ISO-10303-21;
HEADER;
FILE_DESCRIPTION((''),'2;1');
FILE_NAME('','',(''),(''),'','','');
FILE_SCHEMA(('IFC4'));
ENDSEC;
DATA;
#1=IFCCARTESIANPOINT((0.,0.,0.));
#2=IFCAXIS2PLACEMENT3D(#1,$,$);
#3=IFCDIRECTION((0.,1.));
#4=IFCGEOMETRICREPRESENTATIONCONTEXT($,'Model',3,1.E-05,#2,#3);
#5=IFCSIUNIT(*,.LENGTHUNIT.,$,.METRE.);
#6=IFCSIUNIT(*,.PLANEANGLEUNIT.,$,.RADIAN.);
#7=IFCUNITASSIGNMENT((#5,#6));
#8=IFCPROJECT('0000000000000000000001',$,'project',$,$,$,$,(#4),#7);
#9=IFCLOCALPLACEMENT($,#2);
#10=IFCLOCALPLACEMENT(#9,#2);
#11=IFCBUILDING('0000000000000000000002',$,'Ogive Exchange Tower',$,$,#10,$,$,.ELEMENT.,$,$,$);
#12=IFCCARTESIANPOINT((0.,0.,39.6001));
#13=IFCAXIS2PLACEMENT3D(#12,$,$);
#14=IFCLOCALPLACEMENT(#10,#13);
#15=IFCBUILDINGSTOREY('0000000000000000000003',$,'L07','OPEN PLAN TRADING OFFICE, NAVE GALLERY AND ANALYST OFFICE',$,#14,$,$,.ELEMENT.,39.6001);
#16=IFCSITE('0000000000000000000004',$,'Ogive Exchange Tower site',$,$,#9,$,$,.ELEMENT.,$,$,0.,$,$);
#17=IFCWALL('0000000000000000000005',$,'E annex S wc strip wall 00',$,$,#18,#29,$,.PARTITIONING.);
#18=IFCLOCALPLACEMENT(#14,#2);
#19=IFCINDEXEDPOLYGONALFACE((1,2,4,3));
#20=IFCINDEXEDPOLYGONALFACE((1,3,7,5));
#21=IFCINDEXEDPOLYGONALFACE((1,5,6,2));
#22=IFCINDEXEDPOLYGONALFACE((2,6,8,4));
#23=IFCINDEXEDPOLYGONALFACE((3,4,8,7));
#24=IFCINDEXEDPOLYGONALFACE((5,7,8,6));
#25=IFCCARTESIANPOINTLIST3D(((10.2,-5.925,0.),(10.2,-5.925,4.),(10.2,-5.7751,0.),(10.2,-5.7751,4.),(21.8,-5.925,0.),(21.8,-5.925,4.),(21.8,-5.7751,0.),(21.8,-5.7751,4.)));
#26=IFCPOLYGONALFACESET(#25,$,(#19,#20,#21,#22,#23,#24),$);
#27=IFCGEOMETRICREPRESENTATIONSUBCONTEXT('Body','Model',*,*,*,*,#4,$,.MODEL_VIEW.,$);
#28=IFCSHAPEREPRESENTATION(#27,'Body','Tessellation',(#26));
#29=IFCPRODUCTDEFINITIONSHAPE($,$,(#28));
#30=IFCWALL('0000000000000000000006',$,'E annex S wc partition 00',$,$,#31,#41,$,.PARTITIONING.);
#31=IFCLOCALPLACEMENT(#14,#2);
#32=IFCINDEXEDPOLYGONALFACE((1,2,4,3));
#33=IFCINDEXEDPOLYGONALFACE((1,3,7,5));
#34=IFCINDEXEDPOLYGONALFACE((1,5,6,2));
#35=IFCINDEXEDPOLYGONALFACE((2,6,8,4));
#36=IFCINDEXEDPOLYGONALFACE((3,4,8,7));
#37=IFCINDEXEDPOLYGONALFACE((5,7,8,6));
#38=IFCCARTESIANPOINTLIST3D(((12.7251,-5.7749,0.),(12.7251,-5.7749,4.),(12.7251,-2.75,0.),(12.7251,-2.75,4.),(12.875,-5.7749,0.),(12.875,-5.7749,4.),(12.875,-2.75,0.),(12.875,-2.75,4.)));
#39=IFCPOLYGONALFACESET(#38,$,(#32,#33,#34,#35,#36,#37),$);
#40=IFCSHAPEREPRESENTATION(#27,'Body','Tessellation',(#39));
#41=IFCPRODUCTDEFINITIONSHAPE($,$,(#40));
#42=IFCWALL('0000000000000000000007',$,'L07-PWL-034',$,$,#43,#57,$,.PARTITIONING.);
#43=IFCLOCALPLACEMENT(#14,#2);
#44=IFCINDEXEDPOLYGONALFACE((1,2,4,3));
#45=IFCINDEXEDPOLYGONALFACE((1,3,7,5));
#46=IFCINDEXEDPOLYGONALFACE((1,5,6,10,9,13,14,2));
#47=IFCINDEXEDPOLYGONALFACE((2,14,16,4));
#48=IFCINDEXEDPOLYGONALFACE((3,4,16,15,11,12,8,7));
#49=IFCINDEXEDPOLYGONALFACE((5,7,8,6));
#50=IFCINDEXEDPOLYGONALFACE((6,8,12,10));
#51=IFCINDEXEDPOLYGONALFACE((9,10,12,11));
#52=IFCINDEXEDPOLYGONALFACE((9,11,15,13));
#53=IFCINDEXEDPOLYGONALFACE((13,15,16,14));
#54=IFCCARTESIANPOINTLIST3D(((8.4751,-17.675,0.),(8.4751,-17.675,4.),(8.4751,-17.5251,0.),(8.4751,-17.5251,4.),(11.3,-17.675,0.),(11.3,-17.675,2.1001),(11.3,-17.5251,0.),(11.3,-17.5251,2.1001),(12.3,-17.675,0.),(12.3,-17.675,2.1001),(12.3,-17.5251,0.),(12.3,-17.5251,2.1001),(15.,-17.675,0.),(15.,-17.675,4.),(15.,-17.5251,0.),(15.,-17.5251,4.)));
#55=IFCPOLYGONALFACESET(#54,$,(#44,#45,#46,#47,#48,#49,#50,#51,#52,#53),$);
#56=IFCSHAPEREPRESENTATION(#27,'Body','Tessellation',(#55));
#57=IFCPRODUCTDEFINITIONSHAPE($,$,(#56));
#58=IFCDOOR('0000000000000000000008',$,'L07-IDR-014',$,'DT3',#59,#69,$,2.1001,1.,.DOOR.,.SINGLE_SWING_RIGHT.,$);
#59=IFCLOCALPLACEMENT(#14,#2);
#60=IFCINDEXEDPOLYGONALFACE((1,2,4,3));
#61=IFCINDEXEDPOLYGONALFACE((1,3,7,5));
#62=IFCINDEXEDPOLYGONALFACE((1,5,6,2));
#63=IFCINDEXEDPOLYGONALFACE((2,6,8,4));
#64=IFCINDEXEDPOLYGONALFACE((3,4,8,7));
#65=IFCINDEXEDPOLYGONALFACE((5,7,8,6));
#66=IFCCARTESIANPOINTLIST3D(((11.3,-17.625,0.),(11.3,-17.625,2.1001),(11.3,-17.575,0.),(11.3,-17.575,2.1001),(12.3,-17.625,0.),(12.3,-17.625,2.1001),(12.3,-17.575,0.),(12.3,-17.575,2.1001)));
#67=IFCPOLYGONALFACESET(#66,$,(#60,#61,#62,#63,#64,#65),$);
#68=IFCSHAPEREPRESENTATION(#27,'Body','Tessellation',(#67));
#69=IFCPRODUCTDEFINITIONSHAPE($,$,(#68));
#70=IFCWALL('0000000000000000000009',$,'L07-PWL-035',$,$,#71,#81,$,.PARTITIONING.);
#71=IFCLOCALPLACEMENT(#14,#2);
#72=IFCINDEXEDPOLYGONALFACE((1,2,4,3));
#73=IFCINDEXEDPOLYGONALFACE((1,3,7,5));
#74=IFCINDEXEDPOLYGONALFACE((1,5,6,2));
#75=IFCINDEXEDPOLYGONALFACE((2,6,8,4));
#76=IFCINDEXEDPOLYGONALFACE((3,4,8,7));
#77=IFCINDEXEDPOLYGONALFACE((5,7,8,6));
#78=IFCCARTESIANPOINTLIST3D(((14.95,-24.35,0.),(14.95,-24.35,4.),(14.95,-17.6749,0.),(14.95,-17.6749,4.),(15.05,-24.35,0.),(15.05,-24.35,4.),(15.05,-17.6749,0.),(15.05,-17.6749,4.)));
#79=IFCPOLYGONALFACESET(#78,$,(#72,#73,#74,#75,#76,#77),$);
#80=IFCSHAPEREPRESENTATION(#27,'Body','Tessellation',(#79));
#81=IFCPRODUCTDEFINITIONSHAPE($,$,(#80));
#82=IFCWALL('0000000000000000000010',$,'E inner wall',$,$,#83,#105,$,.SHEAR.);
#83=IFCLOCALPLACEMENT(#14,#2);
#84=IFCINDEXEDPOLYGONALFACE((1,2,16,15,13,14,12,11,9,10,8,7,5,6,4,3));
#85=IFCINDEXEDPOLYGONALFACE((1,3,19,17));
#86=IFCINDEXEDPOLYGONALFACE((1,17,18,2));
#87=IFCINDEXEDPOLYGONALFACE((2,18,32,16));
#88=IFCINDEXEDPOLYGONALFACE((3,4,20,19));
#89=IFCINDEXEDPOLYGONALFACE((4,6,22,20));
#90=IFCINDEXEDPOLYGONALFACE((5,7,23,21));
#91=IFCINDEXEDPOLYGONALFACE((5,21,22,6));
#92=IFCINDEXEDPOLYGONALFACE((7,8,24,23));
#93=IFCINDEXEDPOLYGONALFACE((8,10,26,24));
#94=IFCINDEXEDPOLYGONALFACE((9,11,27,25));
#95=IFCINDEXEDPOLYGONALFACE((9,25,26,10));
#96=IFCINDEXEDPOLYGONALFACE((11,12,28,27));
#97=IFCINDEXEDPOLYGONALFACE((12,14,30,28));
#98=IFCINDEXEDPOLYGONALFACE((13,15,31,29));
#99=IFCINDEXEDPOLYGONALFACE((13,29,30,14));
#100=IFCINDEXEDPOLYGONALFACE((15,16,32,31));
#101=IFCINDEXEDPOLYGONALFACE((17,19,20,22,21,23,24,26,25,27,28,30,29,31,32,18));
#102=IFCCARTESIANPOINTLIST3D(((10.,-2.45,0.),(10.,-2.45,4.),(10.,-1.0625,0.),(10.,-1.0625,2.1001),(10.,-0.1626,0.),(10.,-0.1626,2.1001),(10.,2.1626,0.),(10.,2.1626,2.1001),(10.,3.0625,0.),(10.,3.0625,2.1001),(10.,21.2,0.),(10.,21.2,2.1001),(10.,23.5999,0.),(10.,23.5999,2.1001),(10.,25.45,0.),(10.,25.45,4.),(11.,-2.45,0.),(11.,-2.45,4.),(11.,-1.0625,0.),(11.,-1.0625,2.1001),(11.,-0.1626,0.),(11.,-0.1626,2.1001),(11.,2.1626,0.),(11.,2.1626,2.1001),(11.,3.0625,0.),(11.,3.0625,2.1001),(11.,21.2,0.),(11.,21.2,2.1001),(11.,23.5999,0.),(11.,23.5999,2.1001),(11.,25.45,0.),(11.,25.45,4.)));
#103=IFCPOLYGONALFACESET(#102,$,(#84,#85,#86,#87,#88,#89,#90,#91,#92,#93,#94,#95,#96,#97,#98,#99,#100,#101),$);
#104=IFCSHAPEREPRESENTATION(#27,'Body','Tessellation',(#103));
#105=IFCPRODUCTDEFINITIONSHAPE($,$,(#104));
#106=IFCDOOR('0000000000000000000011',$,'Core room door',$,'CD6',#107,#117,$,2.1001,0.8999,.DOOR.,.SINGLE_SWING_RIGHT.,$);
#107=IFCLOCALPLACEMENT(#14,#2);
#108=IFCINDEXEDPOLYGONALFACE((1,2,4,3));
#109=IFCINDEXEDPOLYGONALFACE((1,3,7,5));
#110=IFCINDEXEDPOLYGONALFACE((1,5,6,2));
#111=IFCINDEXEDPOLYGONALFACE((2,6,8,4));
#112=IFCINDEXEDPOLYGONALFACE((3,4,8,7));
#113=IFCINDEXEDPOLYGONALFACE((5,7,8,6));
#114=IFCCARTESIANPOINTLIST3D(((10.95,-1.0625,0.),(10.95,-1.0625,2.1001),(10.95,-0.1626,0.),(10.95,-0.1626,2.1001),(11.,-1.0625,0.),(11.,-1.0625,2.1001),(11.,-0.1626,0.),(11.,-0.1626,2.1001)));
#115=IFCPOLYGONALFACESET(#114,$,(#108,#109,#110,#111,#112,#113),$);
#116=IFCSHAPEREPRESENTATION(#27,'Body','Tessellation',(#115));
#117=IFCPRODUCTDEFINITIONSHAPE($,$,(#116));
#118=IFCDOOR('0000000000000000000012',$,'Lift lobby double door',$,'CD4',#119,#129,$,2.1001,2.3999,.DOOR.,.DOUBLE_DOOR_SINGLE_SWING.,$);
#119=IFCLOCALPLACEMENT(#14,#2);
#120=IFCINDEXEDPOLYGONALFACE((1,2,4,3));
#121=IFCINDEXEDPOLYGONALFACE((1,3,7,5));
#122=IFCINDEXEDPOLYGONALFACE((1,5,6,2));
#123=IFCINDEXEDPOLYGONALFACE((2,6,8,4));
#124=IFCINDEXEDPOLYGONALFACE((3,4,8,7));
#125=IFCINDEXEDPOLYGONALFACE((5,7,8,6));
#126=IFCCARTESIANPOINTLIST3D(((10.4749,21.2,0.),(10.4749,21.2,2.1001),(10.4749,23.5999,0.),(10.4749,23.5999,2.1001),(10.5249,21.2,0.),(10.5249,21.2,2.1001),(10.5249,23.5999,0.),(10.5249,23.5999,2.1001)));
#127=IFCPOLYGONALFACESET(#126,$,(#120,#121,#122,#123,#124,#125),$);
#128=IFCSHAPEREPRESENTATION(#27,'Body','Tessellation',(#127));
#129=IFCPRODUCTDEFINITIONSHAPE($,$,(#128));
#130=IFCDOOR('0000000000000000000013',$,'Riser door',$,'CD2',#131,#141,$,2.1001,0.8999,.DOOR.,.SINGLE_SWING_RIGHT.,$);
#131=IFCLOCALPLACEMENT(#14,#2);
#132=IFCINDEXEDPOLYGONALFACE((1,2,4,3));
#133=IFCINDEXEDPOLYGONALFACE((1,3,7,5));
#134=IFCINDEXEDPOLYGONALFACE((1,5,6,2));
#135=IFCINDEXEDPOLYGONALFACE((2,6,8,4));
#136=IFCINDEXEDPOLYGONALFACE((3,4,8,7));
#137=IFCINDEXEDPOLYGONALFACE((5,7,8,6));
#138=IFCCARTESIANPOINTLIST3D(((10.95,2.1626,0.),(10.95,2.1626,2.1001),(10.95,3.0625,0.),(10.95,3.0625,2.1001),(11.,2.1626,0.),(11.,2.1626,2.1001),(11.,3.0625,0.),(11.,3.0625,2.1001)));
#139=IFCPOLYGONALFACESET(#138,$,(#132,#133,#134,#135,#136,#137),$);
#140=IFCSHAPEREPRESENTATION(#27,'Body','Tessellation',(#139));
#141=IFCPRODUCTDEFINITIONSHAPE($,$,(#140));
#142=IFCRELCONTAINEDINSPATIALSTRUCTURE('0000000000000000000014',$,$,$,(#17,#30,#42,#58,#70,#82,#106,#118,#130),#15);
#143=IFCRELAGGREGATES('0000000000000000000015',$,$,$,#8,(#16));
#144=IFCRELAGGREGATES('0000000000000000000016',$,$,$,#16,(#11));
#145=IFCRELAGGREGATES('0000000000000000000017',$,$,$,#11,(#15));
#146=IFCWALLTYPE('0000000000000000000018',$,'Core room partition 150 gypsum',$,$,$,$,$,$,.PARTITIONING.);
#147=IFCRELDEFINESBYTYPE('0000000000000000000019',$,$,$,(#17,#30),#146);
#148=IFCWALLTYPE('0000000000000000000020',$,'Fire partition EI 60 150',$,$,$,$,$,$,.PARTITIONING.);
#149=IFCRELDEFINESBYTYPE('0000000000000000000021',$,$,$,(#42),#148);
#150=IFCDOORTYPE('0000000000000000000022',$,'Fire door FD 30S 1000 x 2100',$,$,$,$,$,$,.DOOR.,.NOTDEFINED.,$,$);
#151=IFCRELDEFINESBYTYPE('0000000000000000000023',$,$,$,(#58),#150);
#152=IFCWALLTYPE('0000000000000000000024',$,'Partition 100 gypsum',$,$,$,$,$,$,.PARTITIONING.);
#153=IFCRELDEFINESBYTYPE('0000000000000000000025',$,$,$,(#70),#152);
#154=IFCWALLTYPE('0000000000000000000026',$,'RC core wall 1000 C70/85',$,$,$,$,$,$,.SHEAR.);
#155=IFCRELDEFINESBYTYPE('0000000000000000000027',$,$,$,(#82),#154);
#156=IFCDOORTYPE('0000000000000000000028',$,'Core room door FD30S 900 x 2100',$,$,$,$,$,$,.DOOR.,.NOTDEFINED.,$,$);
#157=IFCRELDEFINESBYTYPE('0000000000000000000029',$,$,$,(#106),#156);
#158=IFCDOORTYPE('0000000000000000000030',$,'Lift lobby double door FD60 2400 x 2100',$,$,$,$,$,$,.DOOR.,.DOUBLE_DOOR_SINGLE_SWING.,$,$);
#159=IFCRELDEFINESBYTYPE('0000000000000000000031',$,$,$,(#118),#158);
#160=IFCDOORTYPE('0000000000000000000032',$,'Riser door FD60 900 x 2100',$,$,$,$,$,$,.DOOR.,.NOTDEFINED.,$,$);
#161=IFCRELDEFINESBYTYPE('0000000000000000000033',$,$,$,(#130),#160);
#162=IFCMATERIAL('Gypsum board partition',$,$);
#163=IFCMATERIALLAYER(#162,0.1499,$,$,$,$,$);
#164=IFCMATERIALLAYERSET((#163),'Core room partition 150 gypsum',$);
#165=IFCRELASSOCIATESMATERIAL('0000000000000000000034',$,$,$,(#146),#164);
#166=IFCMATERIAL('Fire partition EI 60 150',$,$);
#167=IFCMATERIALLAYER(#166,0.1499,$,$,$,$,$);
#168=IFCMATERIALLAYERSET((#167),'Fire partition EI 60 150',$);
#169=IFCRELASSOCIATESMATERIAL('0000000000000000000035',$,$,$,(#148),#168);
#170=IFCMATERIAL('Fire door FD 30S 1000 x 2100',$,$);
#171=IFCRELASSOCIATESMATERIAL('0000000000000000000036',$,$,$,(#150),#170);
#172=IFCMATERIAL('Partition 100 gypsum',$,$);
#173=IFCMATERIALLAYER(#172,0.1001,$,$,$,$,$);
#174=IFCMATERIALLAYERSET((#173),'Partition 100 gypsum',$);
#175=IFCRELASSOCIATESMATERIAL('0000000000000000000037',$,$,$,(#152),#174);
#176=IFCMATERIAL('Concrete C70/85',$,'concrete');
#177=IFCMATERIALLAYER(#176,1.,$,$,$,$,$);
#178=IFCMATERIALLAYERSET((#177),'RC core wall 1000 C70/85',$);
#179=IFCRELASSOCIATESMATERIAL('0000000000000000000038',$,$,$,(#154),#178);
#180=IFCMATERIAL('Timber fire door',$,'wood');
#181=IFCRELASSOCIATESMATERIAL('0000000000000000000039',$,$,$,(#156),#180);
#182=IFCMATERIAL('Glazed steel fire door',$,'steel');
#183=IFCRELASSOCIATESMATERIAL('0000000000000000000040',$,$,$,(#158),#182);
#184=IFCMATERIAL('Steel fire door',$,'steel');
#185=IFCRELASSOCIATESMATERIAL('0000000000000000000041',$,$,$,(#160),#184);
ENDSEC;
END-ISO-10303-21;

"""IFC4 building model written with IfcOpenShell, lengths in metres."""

from ifc_helpers import new_model, si_unit, direction, frame, frame_2d, origin, place, context, subcontext, project, spatial, rectangle, extrude, material, layer, layer_set, type_object, element, fill, save


model = new_model("IFC4")

# Units and contexts
model_context = context("Model", 3, precision=1e-05, world=origin(), true_north=direction((0.0, 1.0)))
body_context = subcontext(model_context, "Body", "Model", "MODEL_VIEW")
ifc_project = project(units=[si_unit("LENGTHUNIT", "METRE"), si_unit("PLANEANGLEUNIT", "RADIAN")], contexts=[model_context])

# Site, building, storey
site_placement = place(None, origin())
site = spatial("IfcSite", under=ifc_project, at=site_placement, Name="Ogive Exchange Tower site", CompositionType="ELEMENT", RefElevation=0.0)
building_placement = place(site_placement, origin())
building = spatial("IfcBuilding", under=site, at=building_placement, Name="Ogive Exchange Tower", CompositionType="ELEMENT")
storey_placement = place(building_placement, frame((0.0, 0.0, 39.6001)))
storey = spatial("IfcBuildingStorey", under=building, at=storey_placement, Name="L07", Description="OPEN PLAN TRADING OFFICE, NAVE GALLERY AND ANALYST OFFICE", CompositionType="ELEMENT", Elevation=39.6001)

# Walls
ifc_material_1 = material(Name="Gypsum board partition")
ifc_layer_1 = layer(ifc_material_1, 0.1499)
ifc_layer_set_1 = layer_set([ifc_layer_1], Name="Core room partition 150 gypsum")
wall_type_1 = type_object("IfcWallType", Name="Core room partition 150 gypsum", PredefinedType="PARTITIONING", material=ifc_layer_set_1)
wall_1_placement = place(storey_placement, frame((10.2, -5.8501, 0.0), z_axis=(0.0, 0.0, 1.0), x_axis=(1.0, 0.0, 0.0)))
element("IfcWall", 1, at=wall_1_placement, inside=storey, type_object=wall_type_1, Name="E annex S wc strip wall 00", PredefinedType="PARTITIONING", context=body_context, shape_type="SweptSolid", body=[
    extrude(rectangle(XDim=11.6001, YDim=0.1499, at=frame_2d((5.8, 0.0))), origin(), (0.0, 0.0, 1.0), 4.0),
])
wall_2_placement = place(storey_placement, frame((12.8, -5.7749, 0.0), z_axis=(0.0, 0.0, 1.0), x_axis=(0.0, 1.0, 0.0)))
element("IfcWall", 2, at=wall_2_placement, inside=storey, type_object=wall_type_1, Name="E annex S wc partition 00", PredefinedType="PARTITIONING", context=body_context, shape_type="SweptSolid", body=[
    extrude(rectangle(XDim=3.0249, YDim=0.1499, at=frame_2d((1.5125, 0.0))), origin(), (0.0, 0.0, 1.0), 4.0),
])

# Wall, opening, door
ifc_material_2 = material(Name="Fire partition EI 60 150")
ifc_layer_2 = layer(ifc_material_2, 0.1499)
ifc_layer_set_2 = layer_set([ifc_layer_2], Name="Fire partition EI 60 150")
wall_type_2 = type_object("IfcWallType", Name="Fire partition EI 60 150", PredefinedType="PARTITIONING", material=ifc_layer_set_2)
wall_3_placement = place(storey_placement, frame((15.0, -17.6001, 0.0), z_axis=(0.0, 0.0, 1.0), x_axis=(-1.0, 0.0, 0.0)))
wall_3 = element("IfcWall", 3, at=wall_3_placement, inside=storey, type_object=wall_type_2, Name="L07-PWL-034", PredefinedType="PARTITIONING", context=body_context, shape_type="SweptSolid", body=[
    extrude(rectangle(XDim=6.5249, YDim=0.1499, at=frame_2d((3.2625, 0.0))), origin(), (0.0, 0.0, 1.0), 4.0),
])
opening_1_placement = place(wall_3_placement, frame((2.7, 0.0, 0.0)))
opening_1 = element("IfcOpeningElement", 4, at=opening_1_placement, cuts=wall_3, PredefinedType="OPENING", context=body_context, shape_type="SweptSolid", body=[
    extrude(rectangle(XDim=1.0, YDim=2.1001, at=frame_2d((0.5, 1.05))), frame((0.0, 0.085, 0.0), z_axis=(0.0, -1.0, 0.0), x_axis=(1.0, 0.0, 0.0)), (0.0, 0.0, 1.0), 0.1699),
])
ifc_material_3 = material(Name="Fire door FD 30S 1000 x 2100")
door_type_1 = type_object("IfcDoorType", Name="Fire door FD 30S 1000 x 2100", OperationType="NOTDEFINED", PredefinedType="DOOR", material=ifc_material_3)
door_1_placement = place(opening_1_placement, origin())
door_1 = element("IfcDoor", 5, at=door_1_placement, inside=storey, type_object=door_type_1, Name="L07-IDR-014", ObjectType="DT3", OperationType="SINGLE_SWING_RIGHT", OverallHeight=2.1001, OverallWidth=1.0, PredefinedType="DOOR", context=body_context, shape_type="SweptSolid", body=[
    extrude(rectangle(XDim=1.0, YDim=2.1001, at=frame_2d((0.5, 1.05))), frame((0.0, 0.0249, 0.0), z_axis=(0.0, -1.0, 0.0), x_axis=(1.0, 0.0, 0.0)), (0.0, 0.0, 1.0), 0.05),
])
fill(opening_1, door_1)

# Wall
ifc_material_4 = material(Name="Partition 100 gypsum")
ifc_layer_3 = layer(ifc_material_4, 0.1001)
ifc_layer_set_3 = layer_set([ifc_layer_3], Name="Partition 100 gypsum")
wall_type_3 = type_object("IfcWallType", Name="Partition 100 gypsum", PredefinedType="PARTITIONING", material=ifc_layer_set_3)
wall_4_placement = place(storey_placement, frame((15.0, -17.675, 0.0), z_axis=(0.0, 0.0, 1.0), x_axis=(0.0, -1.0, 0.0)))
element("IfcWall", 6, at=wall_4_placement, inside=storey, type_object=wall_type_3, Name="L07-PWL-035", PredefinedType="PARTITIONING", context=body_context, shape_type="SweptSolid", body=[
    extrude(rectangle(XDim=6.675, YDim=0.1001, at=frame_2d((3.3374, 0.0))), origin(), (0.0, 0.0, 1.0), 4.0),
])

# Wall, openings, doors
ifc_material_5 = material(Name="Concrete C70/85", Category="concrete")
ifc_layer_4 = layer(ifc_material_5, 1.0)
ifc_layer_set_4 = layer_set([ifc_layer_4], Name="RC core wall 1000 C70/85")
wall_type_4 = type_object("IfcWallType", Name="RC core wall 1000 C70/85", PredefinedType="SHEAR", material=ifc_layer_set_4)
wall_5_placement = place(storey_placement, frame((10.5, -2.45, 0.0), z_axis=(0.0, 0.0, 1.0), x_axis=(0.0, 1.0, 0.0)))
wall_5 = element("IfcWall", 7, at=wall_5_placement, inside=storey, type_object=wall_type_4, Name="E inner wall", PredefinedType="SHEAR", context=body_context, shape_type="SweptSolid", body=[
    extrude(rectangle(XDim=27.8999, YDim=1.0, at=frame_2d((13.95, 0.0))), origin(), (0.0, 0.0, 1.0), 4.0),
])
opening_2_placement = place(wall_5_placement, frame((23.6499, 0.0, 0.0)))
opening_2 = element("IfcOpeningElement", 8, at=opening_2_placement, cuts=wall_5, PredefinedType="OPENING", context=body_context, shape_type="SweptSolid", body=[
    extrude(rectangle(XDim=2.3999, YDim=2.1001, at=frame_2d((1.2, 1.05))), frame((0.0, 0.51, 0.0), z_axis=(0.0, -1.0, 0.0), x_axis=(1.0, 0.0, 0.0)), (0.0, 0.0, 1.0), 1.02),
])
opening_3_placement = place(wall_5_placement, frame((1.3875, 0.0, 0.0)))
opening_3 = element("IfcOpeningElement", 9, at=opening_3_placement, cuts=wall_5, PredefinedType="OPENING", context=body_context, shape_type="SweptSolid", body=[
    extrude(rectangle(XDim=0.8999, YDim=2.1001, at=frame_2d((0.45, 1.05))), frame((0.0, 0.51, 0.0), z_axis=(0.0, -1.0, 0.0), x_axis=(1.0, 0.0, 0.0)), (0.0, 0.0, 1.0), 1.02),
])
opening_4_placement = place(wall_5_placement, frame((4.6125, 0.0, 0.0)))
opening_4 = element("IfcOpeningElement", 10, at=opening_4_placement, cuts=wall_5, PredefinedType="OPENING", context=body_context, shape_type="SweptSolid", body=[
    extrude(rectangle(XDim=0.8999, YDim=2.1001, at=frame_2d((0.45, 1.05))), frame((0.0, 0.51, 0.0), z_axis=(0.0, -1.0, 0.0), x_axis=(1.0, 0.0, 0.0)), (0.0, 0.0, 1.0), 1.02),
])
ifc_material_6 = material(Name="Timber fire door", Category="wood")
door_type_2 = type_object("IfcDoorType", Name="Core room door FD30S 900 x 2100", OperationType="NOTDEFINED", PredefinedType="DOOR", material=ifc_material_6)
door_2_placement = place(opening_3_placement, frame((0.8999, -0.9502, 0.0), z_axis=(0.0, 0.0, 1.0), x_axis=(-1.0, 0.0, 0.0)))
door_2 = element("IfcDoor", 11, at=door_2_placement, inside=storey, type_object=door_type_2, Name="Core room door", ObjectType="CD6", OperationType="SINGLE_SWING_RIGHT", OverallHeight=2.1001, OverallWidth=0.8999, PredefinedType="DOOR", context=body_context, shape_type="SweptSolid", body=[
    extrude(rectangle(XDim=0.8999, YDim=2.1001, at=frame_2d((0.45, 1.05))), frame((0.0, -0.4502, 0.0), z_axis=(0.0, -1.0, 0.0), x_axis=(1.0, 0.0, 0.0)), (0.0, 0.0, 1.0), 0.05),
])
fill(opening_3, door_2)
ifc_material_7 = material(Name="Glazed steel fire door", Category="steel")
door_type_3 = type_object("IfcDoorType", Name="Lift lobby double door FD60 2400 x 2100", OperationType="DOUBLE_DOOR_SINGLE_SWING", PredefinedType="DOOR", material=ifc_material_7)
door_3_placement = place(opening_2_placement, frame((2.3999, 0.0, 0.0), z_axis=(0.0, 0.0, 1.0), x_axis=(-1.0, 0.0, 0.0)))
door_3 = element("IfcDoor", 12, at=door_3_placement, inside=storey, type_object=door_type_3, Name="Lift lobby double door", ObjectType="CD4", OperationType="DOUBLE_DOOR_SINGLE_SWING", OverallHeight=2.1001, OverallWidth=2.3999, PredefinedType="DOOR", context=body_context, shape_type="SweptSolid", body=[
    extrude(rectangle(XDim=2.3999, YDim=2.1001, at=frame_2d((1.2, 1.05))), frame((0.0, 0.0249, 0.0), z_axis=(0.0, -1.0, 0.0), x_axis=(1.0, 0.0, 0.0)), (0.0, 0.0, 1.0), 0.05),
])
fill(opening_2, door_3)
ifc_material_8 = material(Name="Steel fire door", Category="steel")
door_type_4 = type_object("IfcDoorType", Name="Riser door FD60 900 x 2100", OperationType="NOTDEFINED", PredefinedType="DOOR", material=ifc_material_8)
door_4_placement = place(opening_4_placement, frame((0.8999, -0.9502, 0.0), z_axis=(0.0, 0.0, 1.0), x_axis=(-1.0, 0.0, 0.0)))
door_4 = element("IfcDoor", 13, at=door_4_placement, inside=storey, type_object=door_type_4, Name="Riser door", ObjectType="CD2", OperationType="SINGLE_SWING_RIGHT", OverallHeight=2.1001, OverallWidth=0.8999, PredefinedType="DOOR", context=body_context, shape_type="SweptSolid", body=[
    extrude(rectangle(XDim=0.8999, YDim=2.1001, at=frame_2d((0.45, 1.05))), frame((0.0, -0.4502, 0.0), z_axis=(0.0, -1.0, 0.0), x_axis=(1.0, 0.0, 0.0)), (0.0, 0.0, 1.0), 0.05),
])
fill(opening_4, door_4)

save(model, "model.ifc")
